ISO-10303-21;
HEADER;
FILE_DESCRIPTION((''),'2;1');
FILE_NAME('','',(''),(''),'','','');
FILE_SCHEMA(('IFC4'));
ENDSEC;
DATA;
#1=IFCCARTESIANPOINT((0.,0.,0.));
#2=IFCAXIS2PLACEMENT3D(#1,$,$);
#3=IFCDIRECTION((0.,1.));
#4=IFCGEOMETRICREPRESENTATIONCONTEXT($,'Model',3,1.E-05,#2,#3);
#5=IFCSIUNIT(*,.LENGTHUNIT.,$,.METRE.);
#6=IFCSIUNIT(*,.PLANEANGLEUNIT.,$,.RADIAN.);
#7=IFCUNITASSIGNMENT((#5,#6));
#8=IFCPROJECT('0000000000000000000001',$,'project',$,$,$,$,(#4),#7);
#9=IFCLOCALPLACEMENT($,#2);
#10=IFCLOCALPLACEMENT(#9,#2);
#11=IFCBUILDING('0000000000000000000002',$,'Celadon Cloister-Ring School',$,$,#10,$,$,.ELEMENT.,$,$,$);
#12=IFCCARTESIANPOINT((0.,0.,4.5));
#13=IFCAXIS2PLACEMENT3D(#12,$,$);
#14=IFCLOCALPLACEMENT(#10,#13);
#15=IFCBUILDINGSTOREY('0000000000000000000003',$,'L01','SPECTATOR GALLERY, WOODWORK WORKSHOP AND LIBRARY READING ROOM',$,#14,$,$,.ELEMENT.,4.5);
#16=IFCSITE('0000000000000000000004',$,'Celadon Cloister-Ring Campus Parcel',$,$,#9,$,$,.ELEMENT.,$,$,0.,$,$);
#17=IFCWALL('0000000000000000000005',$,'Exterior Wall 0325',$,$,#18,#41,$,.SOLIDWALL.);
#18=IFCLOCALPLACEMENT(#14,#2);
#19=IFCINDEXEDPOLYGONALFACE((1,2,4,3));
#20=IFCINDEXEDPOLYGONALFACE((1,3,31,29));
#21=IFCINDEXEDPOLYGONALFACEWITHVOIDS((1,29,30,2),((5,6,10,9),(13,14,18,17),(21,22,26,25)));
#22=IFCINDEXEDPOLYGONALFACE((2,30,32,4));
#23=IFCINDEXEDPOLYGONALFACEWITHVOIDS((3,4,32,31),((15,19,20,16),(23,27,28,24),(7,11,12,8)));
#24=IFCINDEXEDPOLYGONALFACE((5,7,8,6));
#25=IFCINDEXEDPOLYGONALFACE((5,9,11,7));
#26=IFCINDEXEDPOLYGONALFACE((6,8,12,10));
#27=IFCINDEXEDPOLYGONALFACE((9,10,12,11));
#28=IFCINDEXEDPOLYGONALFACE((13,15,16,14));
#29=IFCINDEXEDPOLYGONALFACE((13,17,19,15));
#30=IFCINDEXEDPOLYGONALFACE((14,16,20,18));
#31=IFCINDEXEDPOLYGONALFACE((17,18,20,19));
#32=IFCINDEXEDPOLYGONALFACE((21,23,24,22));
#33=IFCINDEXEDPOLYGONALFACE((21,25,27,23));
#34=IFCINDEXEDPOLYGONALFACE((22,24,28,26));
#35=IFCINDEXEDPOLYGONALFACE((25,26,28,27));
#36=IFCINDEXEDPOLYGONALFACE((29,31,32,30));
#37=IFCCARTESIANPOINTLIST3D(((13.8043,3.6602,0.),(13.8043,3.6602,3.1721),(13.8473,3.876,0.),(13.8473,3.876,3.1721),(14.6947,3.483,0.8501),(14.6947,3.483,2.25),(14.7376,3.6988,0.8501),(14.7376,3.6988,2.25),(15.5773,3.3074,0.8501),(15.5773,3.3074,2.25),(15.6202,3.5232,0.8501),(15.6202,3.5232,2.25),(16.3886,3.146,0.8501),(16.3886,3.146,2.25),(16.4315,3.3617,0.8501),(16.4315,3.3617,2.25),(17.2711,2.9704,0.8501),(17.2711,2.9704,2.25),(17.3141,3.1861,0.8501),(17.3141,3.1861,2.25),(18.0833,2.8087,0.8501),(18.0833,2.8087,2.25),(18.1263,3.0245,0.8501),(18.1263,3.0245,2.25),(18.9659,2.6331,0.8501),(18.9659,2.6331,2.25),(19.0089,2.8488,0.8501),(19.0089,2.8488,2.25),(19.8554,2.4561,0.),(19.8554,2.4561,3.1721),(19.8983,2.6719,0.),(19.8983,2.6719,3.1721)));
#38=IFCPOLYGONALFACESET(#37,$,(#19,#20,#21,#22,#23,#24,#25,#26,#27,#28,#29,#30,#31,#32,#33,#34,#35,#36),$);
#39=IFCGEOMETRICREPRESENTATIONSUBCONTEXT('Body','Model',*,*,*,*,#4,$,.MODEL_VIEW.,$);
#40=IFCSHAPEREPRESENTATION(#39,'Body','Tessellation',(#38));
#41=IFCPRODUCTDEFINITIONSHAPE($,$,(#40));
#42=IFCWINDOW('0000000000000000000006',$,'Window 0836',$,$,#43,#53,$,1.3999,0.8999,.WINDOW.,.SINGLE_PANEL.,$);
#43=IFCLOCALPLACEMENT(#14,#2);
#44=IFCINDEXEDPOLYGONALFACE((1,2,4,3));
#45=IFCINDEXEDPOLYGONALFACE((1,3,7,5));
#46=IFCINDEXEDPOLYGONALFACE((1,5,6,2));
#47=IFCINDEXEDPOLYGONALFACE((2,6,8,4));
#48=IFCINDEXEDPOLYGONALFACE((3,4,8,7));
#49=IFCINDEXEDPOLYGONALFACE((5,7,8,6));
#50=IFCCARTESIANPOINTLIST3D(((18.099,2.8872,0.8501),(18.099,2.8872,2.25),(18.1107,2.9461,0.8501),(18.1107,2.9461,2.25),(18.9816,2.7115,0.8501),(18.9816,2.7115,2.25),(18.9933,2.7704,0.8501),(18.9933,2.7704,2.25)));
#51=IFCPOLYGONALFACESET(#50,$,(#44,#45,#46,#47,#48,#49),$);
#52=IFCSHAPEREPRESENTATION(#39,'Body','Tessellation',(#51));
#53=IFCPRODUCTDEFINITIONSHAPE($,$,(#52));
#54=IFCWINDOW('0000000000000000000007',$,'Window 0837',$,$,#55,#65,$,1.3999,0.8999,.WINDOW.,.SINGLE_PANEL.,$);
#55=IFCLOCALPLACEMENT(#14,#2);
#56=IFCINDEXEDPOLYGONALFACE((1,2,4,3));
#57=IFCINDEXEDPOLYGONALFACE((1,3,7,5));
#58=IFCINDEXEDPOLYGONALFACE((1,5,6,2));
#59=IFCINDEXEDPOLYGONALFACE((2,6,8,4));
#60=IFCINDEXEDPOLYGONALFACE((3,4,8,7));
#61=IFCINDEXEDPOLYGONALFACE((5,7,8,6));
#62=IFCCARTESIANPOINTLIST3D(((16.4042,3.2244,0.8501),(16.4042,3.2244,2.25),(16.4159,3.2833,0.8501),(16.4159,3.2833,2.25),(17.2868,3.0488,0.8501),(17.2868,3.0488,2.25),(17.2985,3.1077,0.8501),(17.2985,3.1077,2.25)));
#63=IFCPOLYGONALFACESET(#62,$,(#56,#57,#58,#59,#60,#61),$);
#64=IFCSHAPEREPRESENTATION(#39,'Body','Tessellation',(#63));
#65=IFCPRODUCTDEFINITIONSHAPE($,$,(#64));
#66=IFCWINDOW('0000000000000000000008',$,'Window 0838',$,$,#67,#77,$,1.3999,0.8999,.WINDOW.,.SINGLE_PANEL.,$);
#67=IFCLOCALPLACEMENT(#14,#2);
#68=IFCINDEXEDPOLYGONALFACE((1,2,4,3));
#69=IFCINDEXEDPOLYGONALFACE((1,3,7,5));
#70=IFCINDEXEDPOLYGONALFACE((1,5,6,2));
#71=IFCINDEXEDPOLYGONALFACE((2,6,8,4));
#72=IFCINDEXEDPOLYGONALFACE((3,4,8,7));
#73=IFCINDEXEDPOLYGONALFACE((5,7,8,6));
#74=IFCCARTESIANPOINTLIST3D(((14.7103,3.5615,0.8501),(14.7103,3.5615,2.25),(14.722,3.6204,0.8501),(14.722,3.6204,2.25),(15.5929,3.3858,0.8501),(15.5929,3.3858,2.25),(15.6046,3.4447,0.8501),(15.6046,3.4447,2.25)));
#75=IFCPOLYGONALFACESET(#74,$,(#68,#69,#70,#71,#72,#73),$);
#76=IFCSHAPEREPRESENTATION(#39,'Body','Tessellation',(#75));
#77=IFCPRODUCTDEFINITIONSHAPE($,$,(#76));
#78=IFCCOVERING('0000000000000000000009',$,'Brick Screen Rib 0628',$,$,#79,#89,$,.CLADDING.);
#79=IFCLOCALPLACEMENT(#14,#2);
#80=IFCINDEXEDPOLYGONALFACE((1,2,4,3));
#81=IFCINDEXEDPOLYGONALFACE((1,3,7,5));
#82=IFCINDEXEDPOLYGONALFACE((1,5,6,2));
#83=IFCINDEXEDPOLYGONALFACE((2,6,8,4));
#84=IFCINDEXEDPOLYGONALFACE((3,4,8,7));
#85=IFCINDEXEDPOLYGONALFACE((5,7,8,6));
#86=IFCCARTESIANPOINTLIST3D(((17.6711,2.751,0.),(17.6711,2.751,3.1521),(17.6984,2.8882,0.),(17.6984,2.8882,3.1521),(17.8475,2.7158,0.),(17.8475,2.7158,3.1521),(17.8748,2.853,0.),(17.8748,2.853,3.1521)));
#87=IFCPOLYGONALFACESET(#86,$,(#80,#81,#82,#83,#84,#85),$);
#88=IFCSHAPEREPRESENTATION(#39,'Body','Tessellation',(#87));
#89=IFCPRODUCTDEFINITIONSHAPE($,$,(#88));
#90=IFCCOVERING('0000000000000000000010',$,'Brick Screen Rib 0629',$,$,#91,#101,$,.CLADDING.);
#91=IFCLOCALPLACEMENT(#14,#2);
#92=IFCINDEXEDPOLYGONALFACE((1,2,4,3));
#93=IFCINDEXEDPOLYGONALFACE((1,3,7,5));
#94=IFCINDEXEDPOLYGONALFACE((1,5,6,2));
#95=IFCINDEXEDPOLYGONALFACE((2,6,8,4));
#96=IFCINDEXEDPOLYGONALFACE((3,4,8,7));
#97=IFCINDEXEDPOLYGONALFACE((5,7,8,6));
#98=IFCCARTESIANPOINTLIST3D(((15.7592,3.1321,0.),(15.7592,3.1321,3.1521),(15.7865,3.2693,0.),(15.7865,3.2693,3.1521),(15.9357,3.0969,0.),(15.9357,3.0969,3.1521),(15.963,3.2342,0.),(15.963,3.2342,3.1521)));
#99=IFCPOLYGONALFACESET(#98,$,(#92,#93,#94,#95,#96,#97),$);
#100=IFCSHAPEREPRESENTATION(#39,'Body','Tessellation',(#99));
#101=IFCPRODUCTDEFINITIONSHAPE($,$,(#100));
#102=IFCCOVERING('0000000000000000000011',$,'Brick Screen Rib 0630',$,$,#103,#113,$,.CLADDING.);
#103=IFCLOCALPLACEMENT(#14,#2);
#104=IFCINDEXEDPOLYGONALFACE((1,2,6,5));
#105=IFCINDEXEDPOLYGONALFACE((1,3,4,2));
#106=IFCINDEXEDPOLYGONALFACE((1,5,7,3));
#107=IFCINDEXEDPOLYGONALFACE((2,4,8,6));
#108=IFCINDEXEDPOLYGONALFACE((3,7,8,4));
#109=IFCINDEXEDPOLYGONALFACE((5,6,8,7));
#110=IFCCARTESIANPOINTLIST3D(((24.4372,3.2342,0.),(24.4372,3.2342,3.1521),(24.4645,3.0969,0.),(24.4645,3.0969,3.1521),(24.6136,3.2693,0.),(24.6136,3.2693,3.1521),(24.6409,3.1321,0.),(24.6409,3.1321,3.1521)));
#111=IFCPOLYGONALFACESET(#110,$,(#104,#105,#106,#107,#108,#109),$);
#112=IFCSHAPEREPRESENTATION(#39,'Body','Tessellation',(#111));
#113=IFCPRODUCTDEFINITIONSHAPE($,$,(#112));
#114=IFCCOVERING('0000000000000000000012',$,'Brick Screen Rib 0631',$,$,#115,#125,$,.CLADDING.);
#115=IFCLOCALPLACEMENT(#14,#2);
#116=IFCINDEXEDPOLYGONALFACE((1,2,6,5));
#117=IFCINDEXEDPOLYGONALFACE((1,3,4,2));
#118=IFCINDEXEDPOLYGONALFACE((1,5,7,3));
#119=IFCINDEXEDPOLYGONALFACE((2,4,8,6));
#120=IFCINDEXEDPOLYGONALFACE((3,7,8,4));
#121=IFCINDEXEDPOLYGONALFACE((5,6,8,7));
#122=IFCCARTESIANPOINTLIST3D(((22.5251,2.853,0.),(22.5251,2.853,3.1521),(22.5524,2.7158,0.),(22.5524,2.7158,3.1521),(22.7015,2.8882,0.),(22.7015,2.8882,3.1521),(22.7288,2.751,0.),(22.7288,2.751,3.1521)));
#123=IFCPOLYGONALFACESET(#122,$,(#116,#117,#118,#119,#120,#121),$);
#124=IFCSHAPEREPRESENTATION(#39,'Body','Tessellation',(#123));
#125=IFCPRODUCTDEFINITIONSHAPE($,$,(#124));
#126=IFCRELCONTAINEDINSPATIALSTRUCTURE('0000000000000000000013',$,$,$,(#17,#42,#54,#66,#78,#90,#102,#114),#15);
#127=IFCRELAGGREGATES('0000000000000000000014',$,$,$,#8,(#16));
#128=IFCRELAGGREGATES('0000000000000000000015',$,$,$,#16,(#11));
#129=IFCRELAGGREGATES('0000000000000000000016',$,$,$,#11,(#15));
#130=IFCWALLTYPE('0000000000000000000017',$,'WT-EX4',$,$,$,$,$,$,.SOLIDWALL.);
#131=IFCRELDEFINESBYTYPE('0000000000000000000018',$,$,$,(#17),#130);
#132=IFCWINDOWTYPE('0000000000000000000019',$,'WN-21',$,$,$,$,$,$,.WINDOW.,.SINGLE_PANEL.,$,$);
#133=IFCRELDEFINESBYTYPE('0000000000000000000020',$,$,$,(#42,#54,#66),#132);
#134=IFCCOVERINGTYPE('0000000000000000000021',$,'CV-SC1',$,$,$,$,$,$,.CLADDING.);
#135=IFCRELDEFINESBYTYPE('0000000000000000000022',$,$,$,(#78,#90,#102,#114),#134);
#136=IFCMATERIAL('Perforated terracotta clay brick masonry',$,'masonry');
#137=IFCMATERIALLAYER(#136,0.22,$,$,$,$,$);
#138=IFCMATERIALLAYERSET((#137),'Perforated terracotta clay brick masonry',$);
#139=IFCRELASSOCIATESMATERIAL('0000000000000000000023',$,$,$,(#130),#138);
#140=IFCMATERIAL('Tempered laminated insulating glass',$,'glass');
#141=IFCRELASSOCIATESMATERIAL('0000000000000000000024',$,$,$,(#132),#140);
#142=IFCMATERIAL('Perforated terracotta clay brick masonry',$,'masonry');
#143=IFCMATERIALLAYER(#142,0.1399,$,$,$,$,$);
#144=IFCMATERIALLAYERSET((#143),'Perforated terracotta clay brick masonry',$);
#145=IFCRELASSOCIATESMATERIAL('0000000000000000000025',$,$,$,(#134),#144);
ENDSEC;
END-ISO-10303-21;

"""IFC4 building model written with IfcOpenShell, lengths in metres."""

from ifc_helpers import new_model, si_unit, direction, frame, frame_2d, origin, origin_2d, place, context, subcontext, project, spatial, rectangle, extrude, material, layer, layer_set, type_object, element, fill, save


model = new_model("IFC4")

# Units and contexts
model_context = context("Model", 3, precision=1e-05, world=origin(), true_north=direction((0.0, 1.0)))
body_context = subcontext(model_context, "Body", "Model", "MODEL_VIEW")
ifc_project = project(units=[si_unit("LENGTHUNIT", "METRE"), si_unit("PLANEANGLEUNIT", "RADIAN")], contexts=[model_context])

# Site, building, storey
site_placement = place(None, origin())
site = spatial("IfcSite", under=ifc_project, at=site_placement, Name="Celadon Cloister-Ring Campus Parcel", CompositionType="ELEMENT", RefElevation=0.0)
building_placement = place(site_placement, origin())
building = spatial("IfcBuilding", under=site, at=building_placement, Name="Celadon Cloister-Ring School", CompositionType="ELEMENT")
storey_placement = place(building_placement, frame((0.0, 0.0, 4.5)))
storey = spatial("IfcBuildingStorey", under=building, at=storey_placement, Name="L01", Description="SPECTATOR GALLERY, WOODWORK WORKSHOP AND LIBRARY READING ROOM", CompositionType="ELEMENT", Elevation=4.5)

# Wall, openings, windows
ifc_material_1 = material(Name="Perforated terracotta clay brick masonry", Category="masonry")
ifc_layer_1 = layer(ifc_material_1, 0.22)
ifc_layer_set_1 = layer_set([ifc_layer_1], Name="Perforated terracotta clay brick masonry")
wall_type = type_object("IfcWallType", Name="WT-EX4", PredefinedType="SOLIDWALL", material=ifc_layer_set_1)
wall_placement = place(storey_placement, frame((19.877, 2.564, 0.0), z_axis=(0.0, 0.0, 1.0), x_axis=(-0.98077, 0.195165, 0.0)))
wall = element("IfcWall", 1, at=wall_placement, inside=storey, type_object=wall_type, Name="Exterior Wall 0325", PredefinedType="SOLIDWALL", context=body_context, shape_type="SweptSolid", body=[
    extrude(rectangle(XDim=6.1697, YDim=0.22, at=frame_2d((3.085, 0.0))), origin(), (0.0, 0.0, 1.0), 3.1721),
])
opening_1_placement = place(wall_placement, frame((0.907, 0.0, 0.8501)))
opening_1 = element("IfcOpeningElement", 2, at=opening_1_placement, cuts=wall, PredefinedType="OPENING", context=body_context, shape_type="SweptSolid", body=[
    extrude(rectangle(XDim=0.8999, YDim=1.3999, at=frame_2d((0.45, 0.7))), frame((0.0, 0.1201, 0.0), z_axis=(0.0, -1.0, 0.0), x_axis=(1.0, 0.0, 0.0)), (0.0, 0.0, 1.0), 0.24),
])
opening_2_placement = place(wall_placement, frame((2.635, 0.0, 0.8501)))
opening_2 = element("IfcOpeningElement", 3, at=opening_2_placement, cuts=wall, PredefinedType="OPENING", context=body_context, shape_type="SweptSolid", body=[
    extrude(rectangle(XDim=0.8999, YDim=1.3999, at=frame_2d((0.45, 0.7))), frame((0.0, 0.1201, 0.0), z_axis=(0.0, -1.0, 0.0), x_axis=(1.0, 0.0, 0.0)), (0.0, 0.0, 1.0), 0.24),
])
opening_3_placement = place(wall_placement, frame((4.3621, 0.0, 0.8501)))
opening_3 = element("IfcOpeningElement", 4, at=opening_3_placement, cuts=wall, PredefinedType="OPENING", context=body_context, shape_type="SweptSolid", body=[
    extrude(rectangle(XDim=0.8999, YDim=1.3999, at=frame_2d((0.45, 0.7))), frame((0.0, 0.1201, 0.0), z_axis=(0.0, -1.0, 0.0), x_axis=(1.0, 0.0, 0.0)), (0.0, 0.0, 1.0), 0.24),
])
ifc_material_2 = material(Name="Tempered laminated insulating glass", Category="glass")
window_type = type_object("IfcWindowType", Name="WN-21", PartitioningType="SINGLE_PANEL", PredefinedType="WINDOW", material=ifc_material_2)
window_1_placement = place(opening_1_placement, origin())
window_1 = element("IfcWindow", 5, at=window_1_placement, inside=storey, type_object=window_type, Name="Window 0836", OverallHeight=1.3999, OverallWidth=0.8999, PartitioningType="SINGLE_PANEL", PredefinedType="WINDOW", context=body_context, shape_type="SweptSolid", body=[
    extrude(rectangle(XDim=0.8999, YDim=1.3999, at=frame_2d((0.45, 0.7))), frame((0.0, 0.03, 0.0), z_axis=(0.0, -1.0, 0.0), x_axis=(1.0, 0.0, 0.0)), (0.0, 0.0, 1.0), 0.0601),
])
fill(opening_1, window_1)
window_2_placement = place(opening_2_placement, origin())
window_2 = element("IfcWindow", 6, at=window_2_placement, inside=storey, type_object=window_type, Name="Window 0837", OverallHeight=1.3999, OverallWidth=0.8999, PartitioningType="SINGLE_PANEL", PredefinedType="WINDOW", context=body_context, shape_type="SweptSolid", body=[
    extrude(rectangle(XDim=0.8999, YDim=1.3999, at=frame_2d((0.45, 0.7))), frame((0.0, 0.03, 0.0), z_axis=(0.0, -1.0, 0.0), x_axis=(1.0, 0.0, 0.0)), (0.0, 0.0, 1.0), 0.0601),
])
fill(opening_2, window_2)
window_3_placement = place(opening_3_placement, origin())
window_3 = element("IfcWindow", 7, at=window_3_placement, inside=storey, type_object=window_type, Name="Window 0838", OverallHeight=1.3999, OverallWidth=0.8999, PartitioningType="SINGLE_PANEL", PredefinedType="WINDOW", context=body_context, shape_type="SweptSolid", body=[
    extrude(rectangle(XDim=0.8999, YDim=1.3999, at=frame_2d((0.45, 0.7))), frame((0.0, 0.03, 0.0), z_axis=(0.0, -1.0, 0.0), x_axis=(1.0, 0.0, 0.0)), (0.0, 0.0, 1.0), 0.0601),
])
fill(opening_3, window_3)

# Coverings
ifc_material_3 = material(Name="Perforated terracotta clay brick masonry", Category="masonry")
ifc_layer_2 = layer(ifc_material_3, 0.1399)
ifc_layer_set_2 = layer_set([ifc_layer_2], Name="Perforated terracotta clay brick masonry")
covering_type = type_object("IfcCoveringType", Name="CV-SC1", PredefinedType="CLADDING", material=ifc_layer_set_2)
for number, where, z_axis, x_axis, name in (
    (8, (17.7729, 2.802, 0.0), (0.0, 0.0, 1.0), (-0.980775, 0.195142, 0.0), "Brick Screen Rib 0628"),
    (9, (15.8611, 3.1831, 0.0), (0.0, 0.0, 1.0), (-0.980775, 0.195142, 0.0), "Brick Screen Rib 0629"),
    (10, (24.5391, 3.1831, 0.0), (0.0, 0.0, 1.0), (-0.980775, -0.195142, 0.0), "Brick Screen Rib 0630"),
    (11, (22.627, 2.802, 0.0), (0.0, 0.0, 1.0), (-0.980775, -0.195142, 0.0), "Brick Screen Rib 0631"),
):
    element("IfcCovering", number, at=place(storey_placement, frame(where, z_axis=z_axis, x_axis=x_axis)), inside=storey, type_object=covering_type, Name=name, PredefinedType="CLADDING", context=body_context, shape_type="SweptSolid", body=[
        extrude(rectangle(XDim=0.1799, YDim=0.1399, at=origin_2d()), origin(), (0.0, 0.0, 1.0), 3.1521),
    ])

save(model, "model.ifc")
